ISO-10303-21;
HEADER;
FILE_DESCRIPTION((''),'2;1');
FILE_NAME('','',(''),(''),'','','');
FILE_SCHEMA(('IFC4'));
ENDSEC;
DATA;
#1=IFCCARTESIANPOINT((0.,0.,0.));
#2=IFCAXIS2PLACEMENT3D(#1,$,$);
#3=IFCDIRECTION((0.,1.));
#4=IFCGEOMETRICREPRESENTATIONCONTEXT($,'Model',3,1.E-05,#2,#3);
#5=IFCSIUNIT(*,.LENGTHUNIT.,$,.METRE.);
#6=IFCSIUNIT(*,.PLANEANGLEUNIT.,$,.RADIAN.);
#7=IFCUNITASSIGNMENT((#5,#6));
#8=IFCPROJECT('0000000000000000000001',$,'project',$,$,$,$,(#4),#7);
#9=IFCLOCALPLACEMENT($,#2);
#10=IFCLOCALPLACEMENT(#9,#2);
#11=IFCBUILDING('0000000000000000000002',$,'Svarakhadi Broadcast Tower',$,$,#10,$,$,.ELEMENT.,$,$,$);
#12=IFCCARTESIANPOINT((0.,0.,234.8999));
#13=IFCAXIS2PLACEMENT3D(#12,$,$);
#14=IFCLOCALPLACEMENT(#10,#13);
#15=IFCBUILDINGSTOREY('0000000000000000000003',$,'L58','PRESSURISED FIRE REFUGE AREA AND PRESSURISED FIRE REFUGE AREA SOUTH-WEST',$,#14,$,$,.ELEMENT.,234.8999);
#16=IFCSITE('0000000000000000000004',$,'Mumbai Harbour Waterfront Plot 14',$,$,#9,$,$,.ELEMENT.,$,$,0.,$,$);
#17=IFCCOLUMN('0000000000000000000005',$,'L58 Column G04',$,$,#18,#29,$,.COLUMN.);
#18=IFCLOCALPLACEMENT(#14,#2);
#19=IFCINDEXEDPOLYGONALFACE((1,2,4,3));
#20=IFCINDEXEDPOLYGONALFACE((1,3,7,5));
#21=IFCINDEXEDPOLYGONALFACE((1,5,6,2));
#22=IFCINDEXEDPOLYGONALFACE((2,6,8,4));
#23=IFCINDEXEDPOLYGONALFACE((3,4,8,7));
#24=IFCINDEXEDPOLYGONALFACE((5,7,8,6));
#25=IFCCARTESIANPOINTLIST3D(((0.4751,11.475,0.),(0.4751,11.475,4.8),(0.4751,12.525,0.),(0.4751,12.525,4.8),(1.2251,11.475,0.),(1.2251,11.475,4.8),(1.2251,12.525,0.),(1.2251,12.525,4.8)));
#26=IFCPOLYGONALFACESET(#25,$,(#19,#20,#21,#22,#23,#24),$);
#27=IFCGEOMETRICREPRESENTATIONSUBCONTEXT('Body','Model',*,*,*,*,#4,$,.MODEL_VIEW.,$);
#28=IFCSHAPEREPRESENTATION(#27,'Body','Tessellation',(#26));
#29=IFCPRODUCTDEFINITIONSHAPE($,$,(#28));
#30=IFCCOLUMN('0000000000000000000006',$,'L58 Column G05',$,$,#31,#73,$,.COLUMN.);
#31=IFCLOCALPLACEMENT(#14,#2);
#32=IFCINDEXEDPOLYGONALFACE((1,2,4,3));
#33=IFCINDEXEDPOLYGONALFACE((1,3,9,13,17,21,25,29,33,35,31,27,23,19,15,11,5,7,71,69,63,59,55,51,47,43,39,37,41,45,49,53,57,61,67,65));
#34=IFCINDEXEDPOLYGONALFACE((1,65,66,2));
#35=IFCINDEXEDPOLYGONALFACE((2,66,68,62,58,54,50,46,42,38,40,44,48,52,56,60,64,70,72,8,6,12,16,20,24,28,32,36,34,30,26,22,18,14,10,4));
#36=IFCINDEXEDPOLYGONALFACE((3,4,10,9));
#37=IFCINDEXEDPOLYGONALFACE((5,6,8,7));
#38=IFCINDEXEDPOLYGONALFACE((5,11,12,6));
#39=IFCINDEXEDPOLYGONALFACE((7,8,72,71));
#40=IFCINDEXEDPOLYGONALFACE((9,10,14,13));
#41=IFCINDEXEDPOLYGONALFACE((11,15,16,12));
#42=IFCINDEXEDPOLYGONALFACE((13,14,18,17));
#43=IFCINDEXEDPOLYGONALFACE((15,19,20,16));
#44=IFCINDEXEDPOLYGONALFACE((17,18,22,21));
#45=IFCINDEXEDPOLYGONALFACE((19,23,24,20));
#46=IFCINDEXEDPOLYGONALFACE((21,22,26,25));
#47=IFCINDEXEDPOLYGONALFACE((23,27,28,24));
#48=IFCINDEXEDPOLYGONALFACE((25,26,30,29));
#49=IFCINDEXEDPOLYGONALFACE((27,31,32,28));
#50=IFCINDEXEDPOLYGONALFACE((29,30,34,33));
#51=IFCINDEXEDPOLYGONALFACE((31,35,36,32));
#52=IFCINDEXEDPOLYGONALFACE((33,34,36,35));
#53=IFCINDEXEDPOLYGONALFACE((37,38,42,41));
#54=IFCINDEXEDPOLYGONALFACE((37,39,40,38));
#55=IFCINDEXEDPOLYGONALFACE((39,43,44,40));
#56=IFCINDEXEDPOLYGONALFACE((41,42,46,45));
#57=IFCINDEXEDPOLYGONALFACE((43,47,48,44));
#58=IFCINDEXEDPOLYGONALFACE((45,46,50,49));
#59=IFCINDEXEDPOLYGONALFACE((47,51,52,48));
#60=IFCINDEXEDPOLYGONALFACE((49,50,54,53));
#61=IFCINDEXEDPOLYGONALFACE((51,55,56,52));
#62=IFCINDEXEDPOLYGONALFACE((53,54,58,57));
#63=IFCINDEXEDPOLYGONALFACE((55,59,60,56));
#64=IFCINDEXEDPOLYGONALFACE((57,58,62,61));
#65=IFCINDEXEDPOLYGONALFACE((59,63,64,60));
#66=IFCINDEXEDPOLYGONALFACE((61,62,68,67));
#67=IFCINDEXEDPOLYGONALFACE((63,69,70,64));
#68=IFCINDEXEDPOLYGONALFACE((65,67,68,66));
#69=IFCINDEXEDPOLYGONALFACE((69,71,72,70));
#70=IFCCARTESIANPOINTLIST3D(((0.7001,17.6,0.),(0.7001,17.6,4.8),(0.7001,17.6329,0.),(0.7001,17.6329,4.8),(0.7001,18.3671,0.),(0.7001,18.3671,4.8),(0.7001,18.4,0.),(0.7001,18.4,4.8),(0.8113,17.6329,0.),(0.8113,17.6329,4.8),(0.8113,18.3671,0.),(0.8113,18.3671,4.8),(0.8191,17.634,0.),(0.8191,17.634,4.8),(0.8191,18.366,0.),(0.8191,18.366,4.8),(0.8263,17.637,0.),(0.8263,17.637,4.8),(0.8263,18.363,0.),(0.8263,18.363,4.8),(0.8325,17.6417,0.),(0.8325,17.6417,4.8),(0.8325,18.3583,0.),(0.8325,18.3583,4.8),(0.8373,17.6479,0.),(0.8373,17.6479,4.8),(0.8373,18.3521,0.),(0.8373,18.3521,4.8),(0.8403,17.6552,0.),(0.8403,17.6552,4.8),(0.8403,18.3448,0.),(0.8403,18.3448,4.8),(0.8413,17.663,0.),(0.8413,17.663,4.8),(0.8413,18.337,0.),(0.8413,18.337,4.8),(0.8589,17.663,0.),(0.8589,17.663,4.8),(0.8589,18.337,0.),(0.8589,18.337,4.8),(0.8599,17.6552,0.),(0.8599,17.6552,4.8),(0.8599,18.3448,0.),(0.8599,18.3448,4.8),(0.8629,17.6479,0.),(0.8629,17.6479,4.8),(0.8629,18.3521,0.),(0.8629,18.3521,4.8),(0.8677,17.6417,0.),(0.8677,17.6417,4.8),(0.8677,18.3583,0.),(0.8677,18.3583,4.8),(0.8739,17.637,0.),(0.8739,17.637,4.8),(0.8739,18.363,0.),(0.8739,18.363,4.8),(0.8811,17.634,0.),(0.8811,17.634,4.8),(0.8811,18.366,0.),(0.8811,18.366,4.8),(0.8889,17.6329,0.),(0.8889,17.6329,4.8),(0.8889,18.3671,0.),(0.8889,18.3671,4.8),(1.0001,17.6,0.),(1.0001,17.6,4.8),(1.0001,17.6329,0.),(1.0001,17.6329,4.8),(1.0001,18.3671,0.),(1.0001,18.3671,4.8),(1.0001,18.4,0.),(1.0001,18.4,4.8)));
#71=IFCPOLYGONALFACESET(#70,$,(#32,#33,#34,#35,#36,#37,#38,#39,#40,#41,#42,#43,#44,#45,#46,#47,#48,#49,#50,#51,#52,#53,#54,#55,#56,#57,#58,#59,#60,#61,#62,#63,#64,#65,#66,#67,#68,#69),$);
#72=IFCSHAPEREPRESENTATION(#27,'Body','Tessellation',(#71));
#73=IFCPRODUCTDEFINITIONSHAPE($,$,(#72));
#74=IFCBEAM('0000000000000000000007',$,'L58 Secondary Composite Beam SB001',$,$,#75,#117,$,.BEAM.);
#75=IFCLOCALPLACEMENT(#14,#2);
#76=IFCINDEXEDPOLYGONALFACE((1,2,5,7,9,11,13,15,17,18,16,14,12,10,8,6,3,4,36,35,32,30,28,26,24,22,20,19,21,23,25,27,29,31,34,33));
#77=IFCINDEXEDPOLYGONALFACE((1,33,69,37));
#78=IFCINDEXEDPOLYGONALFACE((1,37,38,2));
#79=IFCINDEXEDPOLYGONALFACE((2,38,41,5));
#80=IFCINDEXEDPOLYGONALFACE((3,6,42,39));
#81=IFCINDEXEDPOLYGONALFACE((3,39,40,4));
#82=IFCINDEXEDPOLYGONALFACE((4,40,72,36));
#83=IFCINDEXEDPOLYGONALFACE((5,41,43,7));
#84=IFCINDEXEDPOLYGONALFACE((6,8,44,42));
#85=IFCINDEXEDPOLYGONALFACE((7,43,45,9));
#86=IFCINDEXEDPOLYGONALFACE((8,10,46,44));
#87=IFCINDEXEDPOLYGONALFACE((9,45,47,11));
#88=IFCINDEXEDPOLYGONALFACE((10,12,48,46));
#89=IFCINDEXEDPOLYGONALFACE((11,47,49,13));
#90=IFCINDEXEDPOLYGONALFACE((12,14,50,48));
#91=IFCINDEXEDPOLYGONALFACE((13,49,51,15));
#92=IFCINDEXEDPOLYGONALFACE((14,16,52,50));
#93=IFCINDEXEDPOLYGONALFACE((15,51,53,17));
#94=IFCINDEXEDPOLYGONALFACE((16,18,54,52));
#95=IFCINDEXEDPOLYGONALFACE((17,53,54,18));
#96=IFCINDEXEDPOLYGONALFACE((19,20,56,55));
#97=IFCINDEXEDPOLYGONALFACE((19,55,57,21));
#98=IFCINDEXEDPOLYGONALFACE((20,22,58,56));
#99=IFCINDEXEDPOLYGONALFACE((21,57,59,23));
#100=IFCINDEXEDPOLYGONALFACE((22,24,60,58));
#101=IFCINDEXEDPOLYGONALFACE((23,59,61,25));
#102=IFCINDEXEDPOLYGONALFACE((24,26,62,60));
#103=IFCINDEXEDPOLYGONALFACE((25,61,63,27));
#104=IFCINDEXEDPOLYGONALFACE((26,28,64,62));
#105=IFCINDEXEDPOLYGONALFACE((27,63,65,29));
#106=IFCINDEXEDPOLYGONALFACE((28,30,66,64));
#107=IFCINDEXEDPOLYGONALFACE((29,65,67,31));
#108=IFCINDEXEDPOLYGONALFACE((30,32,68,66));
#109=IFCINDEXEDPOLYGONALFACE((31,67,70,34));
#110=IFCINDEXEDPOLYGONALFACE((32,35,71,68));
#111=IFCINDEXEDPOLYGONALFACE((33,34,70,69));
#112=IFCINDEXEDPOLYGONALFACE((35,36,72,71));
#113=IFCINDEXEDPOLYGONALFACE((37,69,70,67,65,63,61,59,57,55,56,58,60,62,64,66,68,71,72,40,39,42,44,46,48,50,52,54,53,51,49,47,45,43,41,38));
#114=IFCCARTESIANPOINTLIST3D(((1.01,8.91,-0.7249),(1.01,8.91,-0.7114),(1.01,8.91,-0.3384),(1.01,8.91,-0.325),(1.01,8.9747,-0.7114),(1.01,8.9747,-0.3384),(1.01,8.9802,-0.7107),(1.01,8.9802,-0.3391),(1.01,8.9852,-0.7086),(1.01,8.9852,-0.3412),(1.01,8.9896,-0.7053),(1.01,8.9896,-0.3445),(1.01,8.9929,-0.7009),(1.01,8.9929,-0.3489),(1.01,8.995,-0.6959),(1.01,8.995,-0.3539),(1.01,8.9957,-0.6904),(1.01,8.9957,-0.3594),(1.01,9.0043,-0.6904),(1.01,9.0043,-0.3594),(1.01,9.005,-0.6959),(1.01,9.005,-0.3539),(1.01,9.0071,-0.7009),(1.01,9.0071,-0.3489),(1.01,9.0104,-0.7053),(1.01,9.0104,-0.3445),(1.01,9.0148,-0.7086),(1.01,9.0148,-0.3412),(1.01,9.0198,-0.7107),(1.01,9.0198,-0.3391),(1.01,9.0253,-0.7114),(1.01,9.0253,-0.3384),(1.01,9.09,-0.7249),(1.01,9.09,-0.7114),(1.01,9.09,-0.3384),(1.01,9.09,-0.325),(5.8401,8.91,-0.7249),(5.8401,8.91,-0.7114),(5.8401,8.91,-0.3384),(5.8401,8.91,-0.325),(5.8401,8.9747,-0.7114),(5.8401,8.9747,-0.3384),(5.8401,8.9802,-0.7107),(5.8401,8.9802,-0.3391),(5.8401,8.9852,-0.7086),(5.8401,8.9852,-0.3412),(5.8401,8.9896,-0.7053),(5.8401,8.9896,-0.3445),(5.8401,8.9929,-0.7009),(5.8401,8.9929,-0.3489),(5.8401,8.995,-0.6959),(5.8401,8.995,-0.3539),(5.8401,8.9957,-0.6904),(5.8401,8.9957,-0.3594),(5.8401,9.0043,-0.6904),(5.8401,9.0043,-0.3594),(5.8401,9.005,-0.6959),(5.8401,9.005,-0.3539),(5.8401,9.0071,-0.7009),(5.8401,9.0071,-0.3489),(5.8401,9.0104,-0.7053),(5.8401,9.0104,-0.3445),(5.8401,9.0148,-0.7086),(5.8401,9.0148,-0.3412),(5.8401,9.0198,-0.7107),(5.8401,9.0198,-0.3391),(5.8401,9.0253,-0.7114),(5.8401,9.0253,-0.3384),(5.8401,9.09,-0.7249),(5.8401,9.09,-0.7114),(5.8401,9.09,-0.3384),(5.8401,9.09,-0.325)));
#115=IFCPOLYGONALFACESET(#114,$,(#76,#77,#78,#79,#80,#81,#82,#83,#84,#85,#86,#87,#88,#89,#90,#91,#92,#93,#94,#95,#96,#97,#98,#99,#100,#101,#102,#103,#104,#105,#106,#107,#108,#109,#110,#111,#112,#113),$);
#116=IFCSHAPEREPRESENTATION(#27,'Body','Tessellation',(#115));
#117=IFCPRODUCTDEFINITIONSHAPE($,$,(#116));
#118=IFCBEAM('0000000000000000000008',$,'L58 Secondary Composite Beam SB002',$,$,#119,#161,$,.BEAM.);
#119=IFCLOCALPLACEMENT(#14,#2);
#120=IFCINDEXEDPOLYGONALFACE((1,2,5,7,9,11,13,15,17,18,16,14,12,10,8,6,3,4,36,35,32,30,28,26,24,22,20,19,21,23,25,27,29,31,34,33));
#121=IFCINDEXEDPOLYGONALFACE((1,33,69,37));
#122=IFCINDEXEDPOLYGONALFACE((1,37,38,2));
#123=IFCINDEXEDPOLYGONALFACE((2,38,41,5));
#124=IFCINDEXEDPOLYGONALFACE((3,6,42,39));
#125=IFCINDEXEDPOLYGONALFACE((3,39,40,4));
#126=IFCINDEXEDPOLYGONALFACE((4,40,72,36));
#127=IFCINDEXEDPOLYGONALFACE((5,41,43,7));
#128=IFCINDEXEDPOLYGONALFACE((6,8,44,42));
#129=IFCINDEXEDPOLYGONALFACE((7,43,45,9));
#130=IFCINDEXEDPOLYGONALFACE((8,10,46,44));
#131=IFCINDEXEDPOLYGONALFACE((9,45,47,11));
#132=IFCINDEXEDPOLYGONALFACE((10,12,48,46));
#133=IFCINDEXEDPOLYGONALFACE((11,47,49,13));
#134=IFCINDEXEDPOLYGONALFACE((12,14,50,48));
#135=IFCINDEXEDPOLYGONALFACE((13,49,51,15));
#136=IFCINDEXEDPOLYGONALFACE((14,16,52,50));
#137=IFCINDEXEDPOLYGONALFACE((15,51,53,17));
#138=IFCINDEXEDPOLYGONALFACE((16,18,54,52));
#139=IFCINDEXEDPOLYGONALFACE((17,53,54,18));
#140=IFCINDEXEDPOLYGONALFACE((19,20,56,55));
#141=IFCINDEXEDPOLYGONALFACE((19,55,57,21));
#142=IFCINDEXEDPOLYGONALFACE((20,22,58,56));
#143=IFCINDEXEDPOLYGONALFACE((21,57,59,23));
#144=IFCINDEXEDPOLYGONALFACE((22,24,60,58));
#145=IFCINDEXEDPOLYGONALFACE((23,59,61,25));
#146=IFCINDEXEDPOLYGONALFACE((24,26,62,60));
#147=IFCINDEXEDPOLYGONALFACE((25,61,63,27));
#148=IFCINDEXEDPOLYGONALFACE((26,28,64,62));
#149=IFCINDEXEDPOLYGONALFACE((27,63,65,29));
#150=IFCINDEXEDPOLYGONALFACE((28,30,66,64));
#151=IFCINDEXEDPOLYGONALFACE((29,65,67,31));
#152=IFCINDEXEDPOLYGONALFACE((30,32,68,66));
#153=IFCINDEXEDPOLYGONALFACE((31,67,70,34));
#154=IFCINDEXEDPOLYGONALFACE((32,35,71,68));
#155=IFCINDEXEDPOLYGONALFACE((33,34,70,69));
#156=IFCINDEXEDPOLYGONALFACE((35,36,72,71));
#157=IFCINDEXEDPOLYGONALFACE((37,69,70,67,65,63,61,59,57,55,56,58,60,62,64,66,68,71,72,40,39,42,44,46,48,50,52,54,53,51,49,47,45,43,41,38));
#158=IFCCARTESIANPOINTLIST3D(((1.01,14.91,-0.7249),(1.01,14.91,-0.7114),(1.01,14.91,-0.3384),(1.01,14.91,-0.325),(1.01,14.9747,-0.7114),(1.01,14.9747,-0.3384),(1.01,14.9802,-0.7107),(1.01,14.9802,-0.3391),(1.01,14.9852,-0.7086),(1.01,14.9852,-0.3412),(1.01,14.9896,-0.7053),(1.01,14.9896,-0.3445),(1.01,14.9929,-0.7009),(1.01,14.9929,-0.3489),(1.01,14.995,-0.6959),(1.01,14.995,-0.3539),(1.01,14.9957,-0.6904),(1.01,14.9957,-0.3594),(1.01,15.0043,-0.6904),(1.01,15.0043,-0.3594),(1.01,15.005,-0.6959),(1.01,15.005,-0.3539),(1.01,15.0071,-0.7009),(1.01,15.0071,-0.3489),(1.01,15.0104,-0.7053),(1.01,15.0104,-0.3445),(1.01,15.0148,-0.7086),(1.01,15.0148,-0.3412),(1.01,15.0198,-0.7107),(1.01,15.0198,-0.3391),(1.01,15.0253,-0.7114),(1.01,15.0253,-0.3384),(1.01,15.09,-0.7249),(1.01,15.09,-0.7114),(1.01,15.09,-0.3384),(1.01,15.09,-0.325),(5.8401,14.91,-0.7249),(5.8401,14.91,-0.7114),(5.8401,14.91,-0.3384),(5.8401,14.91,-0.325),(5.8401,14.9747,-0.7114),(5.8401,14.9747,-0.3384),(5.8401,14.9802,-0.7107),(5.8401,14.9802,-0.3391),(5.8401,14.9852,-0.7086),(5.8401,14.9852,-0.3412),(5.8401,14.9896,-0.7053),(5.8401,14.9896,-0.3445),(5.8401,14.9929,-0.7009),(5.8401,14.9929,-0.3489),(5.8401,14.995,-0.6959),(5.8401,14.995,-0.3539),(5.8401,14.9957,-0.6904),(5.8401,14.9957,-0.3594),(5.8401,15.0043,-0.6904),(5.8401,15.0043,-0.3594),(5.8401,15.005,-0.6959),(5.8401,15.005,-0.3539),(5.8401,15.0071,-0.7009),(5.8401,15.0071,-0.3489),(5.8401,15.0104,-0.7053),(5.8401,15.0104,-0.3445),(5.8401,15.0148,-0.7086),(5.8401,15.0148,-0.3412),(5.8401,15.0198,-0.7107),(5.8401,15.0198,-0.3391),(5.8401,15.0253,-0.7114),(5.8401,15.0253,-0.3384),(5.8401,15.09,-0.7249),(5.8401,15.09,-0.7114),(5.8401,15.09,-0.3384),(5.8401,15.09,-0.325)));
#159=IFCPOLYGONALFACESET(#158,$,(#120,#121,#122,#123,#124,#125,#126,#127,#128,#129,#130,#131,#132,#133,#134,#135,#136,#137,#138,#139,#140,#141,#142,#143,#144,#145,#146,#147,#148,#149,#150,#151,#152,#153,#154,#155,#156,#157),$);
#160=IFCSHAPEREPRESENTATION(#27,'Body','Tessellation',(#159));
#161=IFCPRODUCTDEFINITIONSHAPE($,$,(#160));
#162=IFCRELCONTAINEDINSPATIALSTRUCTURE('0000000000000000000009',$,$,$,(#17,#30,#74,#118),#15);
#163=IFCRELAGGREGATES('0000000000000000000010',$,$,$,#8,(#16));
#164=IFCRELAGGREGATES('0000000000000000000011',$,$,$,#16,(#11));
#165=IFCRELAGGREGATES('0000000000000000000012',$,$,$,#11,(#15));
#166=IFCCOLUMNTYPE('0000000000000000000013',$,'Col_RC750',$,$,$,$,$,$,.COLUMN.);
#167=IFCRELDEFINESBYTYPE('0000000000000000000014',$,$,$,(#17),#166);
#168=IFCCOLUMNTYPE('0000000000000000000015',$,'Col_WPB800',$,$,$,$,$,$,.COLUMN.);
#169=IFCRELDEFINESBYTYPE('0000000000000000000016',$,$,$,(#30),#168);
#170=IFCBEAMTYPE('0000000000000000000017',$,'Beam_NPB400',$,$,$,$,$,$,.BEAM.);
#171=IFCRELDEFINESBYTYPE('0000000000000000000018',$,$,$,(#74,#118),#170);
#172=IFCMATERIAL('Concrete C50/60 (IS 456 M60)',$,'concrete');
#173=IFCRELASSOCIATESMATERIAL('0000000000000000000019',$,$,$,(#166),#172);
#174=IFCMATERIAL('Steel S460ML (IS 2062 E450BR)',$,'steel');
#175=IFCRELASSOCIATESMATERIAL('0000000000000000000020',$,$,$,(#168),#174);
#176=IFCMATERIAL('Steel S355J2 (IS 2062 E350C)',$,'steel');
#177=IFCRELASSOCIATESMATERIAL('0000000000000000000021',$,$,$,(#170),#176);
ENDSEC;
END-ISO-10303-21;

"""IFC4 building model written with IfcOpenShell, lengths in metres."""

from ifc_helpers import new_model, si_unit, direction, frame, origin, origin_2d, place, context, subcontext, project, spatial, rectangle, i_section, extrude, material, material_profile, profile_set, type_object, element, save


model = new_model("IFC4")

# Units and contexts
model_context = context("Model", 3, precision=1e-05, world=origin(), true_north=direction((0.0, 1.0)))
body_context = subcontext(model_context, "Body", "Model", "MODEL_VIEW")
ifc_project = project(units=[si_unit("LENGTHUNIT", "METRE"), si_unit("PLANEANGLEUNIT", "RADIAN")], contexts=[model_context])

# Site, building, storey
site_placement = place(None, origin())
site = spatial("IfcSite", under=ifc_project, at=site_placement, Name="Mumbai Harbour Waterfront Plot 14", CompositionType="ELEMENT", RefElevation=0.0)
building_placement = place(site_placement, origin())
building = spatial("IfcBuilding", under=site, at=building_placement, Name="Svarakhadi Broadcast Tower", CompositionType="ELEMENT")
storey_placement = place(building_placement, frame((0.0, 0.0, 234.8999)))
storey = spatial("IfcBuildingStorey", under=building, at=storey_placement, Name="L58", Description="PRESSURISED FIRE REFUGE AREA AND PRESSURISED FIRE REFUGE AREA SOUTH-WEST", CompositionType="ELEMENT", Elevation=234.8999)

# Columns
ifc_material_1 = material(Name="Concrete C50/60 (IS 456 M60)", Category="concrete")
ifc_material_profile_1 = material_profile(ifc_material_1, rectangle(XDim=0.75, YDim=1.05, at=origin_2d()), Name="RC 750x1050")
ifc_profile_set_1 = profile_set([ifc_material_profile_1], Name="Concrete C50/60 (IS 456 M60)")
column_type_1 = type_object("IfcColumnType", Name="Col_RC750", PredefinedType="COLUMN", material=ifc_profile_set_1)
column_1_placement = place(storey_placement, frame((0.8501, 12.0, 0.0), z_axis=(0.0, 0.0, 1.0), x_axis=(1.0, 0.0, 0.0)))
element("IfcColumn", 1, at=column_1_placement, inside=storey, type_object=column_type_1, Name="L58 Column G04", PredefinedType="COLUMN", context=body_context, shape_type="SweptSolid", body=[
    extrude(rectangle(XDim=0.75, YDim=1.05, at=origin_2d()), origin(), (0.0, 0.0, 1.0), 4.8),
])
ifc_material_2 = material(Name="Steel S460ML (IS 2062 E450BR)", Category="steel")
ifc_material_profile_2 = material_profile(ifc_material_2, i_section(OverallWidth=0.3, OverallDepth=0.8, WebThickness=0.0176, FlangeThickness=0.033, FilletRadius=0.03, at=origin_2d()), Name="WPB 800x300x262")
ifc_profile_set_2 = profile_set([ifc_material_profile_2], Name="Steel S460ML (IS 2062 E450BR)")
column_type_2 = type_object("IfcColumnType", Name="Col_WPB800", PredefinedType="COLUMN", material=ifc_profile_set_2)
column_2_placement = place(storey_placement, frame((0.8501, 18.0, 0.0), z_axis=(0.0, 0.0, 1.0), x_axis=(1.0, 0.0, 0.0)))
element("IfcColumn", 2, at=column_2_placement, inside=storey, type_object=column_type_2, Name="L58 Column G05", PredefinedType="COLUMN", context=body_context, shape_type="SweptSolid", body=[
    extrude(i_section(OverallWidth=0.3, OverallDepth=0.8, WebThickness=0.0176, FlangeThickness=0.033, FilletRadius=0.03, at=origin_2d()), origin(), (0.0, 0.0, 1.0), 4.8),
])

# Beams
ifc_material_3 = material(Name="Steel S355J2 (IS 2062 E350C)", Category="steel")
ifc_material_profile_3 = material_profile(ifc_material_3, i_section(OverallWidth=0.1799, OverallDepth=0.3999, WebThickness=0.0085, FlangeThickness=0.0134, FilletRadius=0.021, at=origin_2d()), Name="NPB 400x180x66")
ifc_profile_set_3 = profile_set([ifc_material_profile_3], Name="Steel S355J2 (IS 2062 E350C)")
beam_type_1 = type_object("IfcBeamType", Name="Beam_NPB400", PredefinedType="BEAM", material=ifc_profile_set_3)
for number, where, z_axis, x_axis, name in (
    (3, (1.01, 9.0, -0.5249), (1.0, 0.0, 0.0), (0.0, 1.0, 0.0), "L58 Secondary Composite Beam SB001"),
    (4, (1.01, 15.0, -0.5249), (1.0, 0.0, 0.0), (0.0, 1.0, 0.0), "L58 Secondary Composite Beam SB002"),
):
    element("IfcBeam", number, at=place(storey_placement, frame(where, z_axis=z_axis, x_axis=x_axis)), inside=storey, type_object=beam_type_1, Name=name, PredefinedType="BEAM", context=body_context, shape_type="SweptSolid", body=[
        extrude(i_section(OverallWidth=0.1799, OverallDepth=0.3999, WebThickness=0.0085, FlangeThickness=0.0134, FilletRadius=0.021, at=origin_2d()), origin(), (0.0, 0.0, 1.0), 4.8301),
    ])

save(model, "model.ifc")
